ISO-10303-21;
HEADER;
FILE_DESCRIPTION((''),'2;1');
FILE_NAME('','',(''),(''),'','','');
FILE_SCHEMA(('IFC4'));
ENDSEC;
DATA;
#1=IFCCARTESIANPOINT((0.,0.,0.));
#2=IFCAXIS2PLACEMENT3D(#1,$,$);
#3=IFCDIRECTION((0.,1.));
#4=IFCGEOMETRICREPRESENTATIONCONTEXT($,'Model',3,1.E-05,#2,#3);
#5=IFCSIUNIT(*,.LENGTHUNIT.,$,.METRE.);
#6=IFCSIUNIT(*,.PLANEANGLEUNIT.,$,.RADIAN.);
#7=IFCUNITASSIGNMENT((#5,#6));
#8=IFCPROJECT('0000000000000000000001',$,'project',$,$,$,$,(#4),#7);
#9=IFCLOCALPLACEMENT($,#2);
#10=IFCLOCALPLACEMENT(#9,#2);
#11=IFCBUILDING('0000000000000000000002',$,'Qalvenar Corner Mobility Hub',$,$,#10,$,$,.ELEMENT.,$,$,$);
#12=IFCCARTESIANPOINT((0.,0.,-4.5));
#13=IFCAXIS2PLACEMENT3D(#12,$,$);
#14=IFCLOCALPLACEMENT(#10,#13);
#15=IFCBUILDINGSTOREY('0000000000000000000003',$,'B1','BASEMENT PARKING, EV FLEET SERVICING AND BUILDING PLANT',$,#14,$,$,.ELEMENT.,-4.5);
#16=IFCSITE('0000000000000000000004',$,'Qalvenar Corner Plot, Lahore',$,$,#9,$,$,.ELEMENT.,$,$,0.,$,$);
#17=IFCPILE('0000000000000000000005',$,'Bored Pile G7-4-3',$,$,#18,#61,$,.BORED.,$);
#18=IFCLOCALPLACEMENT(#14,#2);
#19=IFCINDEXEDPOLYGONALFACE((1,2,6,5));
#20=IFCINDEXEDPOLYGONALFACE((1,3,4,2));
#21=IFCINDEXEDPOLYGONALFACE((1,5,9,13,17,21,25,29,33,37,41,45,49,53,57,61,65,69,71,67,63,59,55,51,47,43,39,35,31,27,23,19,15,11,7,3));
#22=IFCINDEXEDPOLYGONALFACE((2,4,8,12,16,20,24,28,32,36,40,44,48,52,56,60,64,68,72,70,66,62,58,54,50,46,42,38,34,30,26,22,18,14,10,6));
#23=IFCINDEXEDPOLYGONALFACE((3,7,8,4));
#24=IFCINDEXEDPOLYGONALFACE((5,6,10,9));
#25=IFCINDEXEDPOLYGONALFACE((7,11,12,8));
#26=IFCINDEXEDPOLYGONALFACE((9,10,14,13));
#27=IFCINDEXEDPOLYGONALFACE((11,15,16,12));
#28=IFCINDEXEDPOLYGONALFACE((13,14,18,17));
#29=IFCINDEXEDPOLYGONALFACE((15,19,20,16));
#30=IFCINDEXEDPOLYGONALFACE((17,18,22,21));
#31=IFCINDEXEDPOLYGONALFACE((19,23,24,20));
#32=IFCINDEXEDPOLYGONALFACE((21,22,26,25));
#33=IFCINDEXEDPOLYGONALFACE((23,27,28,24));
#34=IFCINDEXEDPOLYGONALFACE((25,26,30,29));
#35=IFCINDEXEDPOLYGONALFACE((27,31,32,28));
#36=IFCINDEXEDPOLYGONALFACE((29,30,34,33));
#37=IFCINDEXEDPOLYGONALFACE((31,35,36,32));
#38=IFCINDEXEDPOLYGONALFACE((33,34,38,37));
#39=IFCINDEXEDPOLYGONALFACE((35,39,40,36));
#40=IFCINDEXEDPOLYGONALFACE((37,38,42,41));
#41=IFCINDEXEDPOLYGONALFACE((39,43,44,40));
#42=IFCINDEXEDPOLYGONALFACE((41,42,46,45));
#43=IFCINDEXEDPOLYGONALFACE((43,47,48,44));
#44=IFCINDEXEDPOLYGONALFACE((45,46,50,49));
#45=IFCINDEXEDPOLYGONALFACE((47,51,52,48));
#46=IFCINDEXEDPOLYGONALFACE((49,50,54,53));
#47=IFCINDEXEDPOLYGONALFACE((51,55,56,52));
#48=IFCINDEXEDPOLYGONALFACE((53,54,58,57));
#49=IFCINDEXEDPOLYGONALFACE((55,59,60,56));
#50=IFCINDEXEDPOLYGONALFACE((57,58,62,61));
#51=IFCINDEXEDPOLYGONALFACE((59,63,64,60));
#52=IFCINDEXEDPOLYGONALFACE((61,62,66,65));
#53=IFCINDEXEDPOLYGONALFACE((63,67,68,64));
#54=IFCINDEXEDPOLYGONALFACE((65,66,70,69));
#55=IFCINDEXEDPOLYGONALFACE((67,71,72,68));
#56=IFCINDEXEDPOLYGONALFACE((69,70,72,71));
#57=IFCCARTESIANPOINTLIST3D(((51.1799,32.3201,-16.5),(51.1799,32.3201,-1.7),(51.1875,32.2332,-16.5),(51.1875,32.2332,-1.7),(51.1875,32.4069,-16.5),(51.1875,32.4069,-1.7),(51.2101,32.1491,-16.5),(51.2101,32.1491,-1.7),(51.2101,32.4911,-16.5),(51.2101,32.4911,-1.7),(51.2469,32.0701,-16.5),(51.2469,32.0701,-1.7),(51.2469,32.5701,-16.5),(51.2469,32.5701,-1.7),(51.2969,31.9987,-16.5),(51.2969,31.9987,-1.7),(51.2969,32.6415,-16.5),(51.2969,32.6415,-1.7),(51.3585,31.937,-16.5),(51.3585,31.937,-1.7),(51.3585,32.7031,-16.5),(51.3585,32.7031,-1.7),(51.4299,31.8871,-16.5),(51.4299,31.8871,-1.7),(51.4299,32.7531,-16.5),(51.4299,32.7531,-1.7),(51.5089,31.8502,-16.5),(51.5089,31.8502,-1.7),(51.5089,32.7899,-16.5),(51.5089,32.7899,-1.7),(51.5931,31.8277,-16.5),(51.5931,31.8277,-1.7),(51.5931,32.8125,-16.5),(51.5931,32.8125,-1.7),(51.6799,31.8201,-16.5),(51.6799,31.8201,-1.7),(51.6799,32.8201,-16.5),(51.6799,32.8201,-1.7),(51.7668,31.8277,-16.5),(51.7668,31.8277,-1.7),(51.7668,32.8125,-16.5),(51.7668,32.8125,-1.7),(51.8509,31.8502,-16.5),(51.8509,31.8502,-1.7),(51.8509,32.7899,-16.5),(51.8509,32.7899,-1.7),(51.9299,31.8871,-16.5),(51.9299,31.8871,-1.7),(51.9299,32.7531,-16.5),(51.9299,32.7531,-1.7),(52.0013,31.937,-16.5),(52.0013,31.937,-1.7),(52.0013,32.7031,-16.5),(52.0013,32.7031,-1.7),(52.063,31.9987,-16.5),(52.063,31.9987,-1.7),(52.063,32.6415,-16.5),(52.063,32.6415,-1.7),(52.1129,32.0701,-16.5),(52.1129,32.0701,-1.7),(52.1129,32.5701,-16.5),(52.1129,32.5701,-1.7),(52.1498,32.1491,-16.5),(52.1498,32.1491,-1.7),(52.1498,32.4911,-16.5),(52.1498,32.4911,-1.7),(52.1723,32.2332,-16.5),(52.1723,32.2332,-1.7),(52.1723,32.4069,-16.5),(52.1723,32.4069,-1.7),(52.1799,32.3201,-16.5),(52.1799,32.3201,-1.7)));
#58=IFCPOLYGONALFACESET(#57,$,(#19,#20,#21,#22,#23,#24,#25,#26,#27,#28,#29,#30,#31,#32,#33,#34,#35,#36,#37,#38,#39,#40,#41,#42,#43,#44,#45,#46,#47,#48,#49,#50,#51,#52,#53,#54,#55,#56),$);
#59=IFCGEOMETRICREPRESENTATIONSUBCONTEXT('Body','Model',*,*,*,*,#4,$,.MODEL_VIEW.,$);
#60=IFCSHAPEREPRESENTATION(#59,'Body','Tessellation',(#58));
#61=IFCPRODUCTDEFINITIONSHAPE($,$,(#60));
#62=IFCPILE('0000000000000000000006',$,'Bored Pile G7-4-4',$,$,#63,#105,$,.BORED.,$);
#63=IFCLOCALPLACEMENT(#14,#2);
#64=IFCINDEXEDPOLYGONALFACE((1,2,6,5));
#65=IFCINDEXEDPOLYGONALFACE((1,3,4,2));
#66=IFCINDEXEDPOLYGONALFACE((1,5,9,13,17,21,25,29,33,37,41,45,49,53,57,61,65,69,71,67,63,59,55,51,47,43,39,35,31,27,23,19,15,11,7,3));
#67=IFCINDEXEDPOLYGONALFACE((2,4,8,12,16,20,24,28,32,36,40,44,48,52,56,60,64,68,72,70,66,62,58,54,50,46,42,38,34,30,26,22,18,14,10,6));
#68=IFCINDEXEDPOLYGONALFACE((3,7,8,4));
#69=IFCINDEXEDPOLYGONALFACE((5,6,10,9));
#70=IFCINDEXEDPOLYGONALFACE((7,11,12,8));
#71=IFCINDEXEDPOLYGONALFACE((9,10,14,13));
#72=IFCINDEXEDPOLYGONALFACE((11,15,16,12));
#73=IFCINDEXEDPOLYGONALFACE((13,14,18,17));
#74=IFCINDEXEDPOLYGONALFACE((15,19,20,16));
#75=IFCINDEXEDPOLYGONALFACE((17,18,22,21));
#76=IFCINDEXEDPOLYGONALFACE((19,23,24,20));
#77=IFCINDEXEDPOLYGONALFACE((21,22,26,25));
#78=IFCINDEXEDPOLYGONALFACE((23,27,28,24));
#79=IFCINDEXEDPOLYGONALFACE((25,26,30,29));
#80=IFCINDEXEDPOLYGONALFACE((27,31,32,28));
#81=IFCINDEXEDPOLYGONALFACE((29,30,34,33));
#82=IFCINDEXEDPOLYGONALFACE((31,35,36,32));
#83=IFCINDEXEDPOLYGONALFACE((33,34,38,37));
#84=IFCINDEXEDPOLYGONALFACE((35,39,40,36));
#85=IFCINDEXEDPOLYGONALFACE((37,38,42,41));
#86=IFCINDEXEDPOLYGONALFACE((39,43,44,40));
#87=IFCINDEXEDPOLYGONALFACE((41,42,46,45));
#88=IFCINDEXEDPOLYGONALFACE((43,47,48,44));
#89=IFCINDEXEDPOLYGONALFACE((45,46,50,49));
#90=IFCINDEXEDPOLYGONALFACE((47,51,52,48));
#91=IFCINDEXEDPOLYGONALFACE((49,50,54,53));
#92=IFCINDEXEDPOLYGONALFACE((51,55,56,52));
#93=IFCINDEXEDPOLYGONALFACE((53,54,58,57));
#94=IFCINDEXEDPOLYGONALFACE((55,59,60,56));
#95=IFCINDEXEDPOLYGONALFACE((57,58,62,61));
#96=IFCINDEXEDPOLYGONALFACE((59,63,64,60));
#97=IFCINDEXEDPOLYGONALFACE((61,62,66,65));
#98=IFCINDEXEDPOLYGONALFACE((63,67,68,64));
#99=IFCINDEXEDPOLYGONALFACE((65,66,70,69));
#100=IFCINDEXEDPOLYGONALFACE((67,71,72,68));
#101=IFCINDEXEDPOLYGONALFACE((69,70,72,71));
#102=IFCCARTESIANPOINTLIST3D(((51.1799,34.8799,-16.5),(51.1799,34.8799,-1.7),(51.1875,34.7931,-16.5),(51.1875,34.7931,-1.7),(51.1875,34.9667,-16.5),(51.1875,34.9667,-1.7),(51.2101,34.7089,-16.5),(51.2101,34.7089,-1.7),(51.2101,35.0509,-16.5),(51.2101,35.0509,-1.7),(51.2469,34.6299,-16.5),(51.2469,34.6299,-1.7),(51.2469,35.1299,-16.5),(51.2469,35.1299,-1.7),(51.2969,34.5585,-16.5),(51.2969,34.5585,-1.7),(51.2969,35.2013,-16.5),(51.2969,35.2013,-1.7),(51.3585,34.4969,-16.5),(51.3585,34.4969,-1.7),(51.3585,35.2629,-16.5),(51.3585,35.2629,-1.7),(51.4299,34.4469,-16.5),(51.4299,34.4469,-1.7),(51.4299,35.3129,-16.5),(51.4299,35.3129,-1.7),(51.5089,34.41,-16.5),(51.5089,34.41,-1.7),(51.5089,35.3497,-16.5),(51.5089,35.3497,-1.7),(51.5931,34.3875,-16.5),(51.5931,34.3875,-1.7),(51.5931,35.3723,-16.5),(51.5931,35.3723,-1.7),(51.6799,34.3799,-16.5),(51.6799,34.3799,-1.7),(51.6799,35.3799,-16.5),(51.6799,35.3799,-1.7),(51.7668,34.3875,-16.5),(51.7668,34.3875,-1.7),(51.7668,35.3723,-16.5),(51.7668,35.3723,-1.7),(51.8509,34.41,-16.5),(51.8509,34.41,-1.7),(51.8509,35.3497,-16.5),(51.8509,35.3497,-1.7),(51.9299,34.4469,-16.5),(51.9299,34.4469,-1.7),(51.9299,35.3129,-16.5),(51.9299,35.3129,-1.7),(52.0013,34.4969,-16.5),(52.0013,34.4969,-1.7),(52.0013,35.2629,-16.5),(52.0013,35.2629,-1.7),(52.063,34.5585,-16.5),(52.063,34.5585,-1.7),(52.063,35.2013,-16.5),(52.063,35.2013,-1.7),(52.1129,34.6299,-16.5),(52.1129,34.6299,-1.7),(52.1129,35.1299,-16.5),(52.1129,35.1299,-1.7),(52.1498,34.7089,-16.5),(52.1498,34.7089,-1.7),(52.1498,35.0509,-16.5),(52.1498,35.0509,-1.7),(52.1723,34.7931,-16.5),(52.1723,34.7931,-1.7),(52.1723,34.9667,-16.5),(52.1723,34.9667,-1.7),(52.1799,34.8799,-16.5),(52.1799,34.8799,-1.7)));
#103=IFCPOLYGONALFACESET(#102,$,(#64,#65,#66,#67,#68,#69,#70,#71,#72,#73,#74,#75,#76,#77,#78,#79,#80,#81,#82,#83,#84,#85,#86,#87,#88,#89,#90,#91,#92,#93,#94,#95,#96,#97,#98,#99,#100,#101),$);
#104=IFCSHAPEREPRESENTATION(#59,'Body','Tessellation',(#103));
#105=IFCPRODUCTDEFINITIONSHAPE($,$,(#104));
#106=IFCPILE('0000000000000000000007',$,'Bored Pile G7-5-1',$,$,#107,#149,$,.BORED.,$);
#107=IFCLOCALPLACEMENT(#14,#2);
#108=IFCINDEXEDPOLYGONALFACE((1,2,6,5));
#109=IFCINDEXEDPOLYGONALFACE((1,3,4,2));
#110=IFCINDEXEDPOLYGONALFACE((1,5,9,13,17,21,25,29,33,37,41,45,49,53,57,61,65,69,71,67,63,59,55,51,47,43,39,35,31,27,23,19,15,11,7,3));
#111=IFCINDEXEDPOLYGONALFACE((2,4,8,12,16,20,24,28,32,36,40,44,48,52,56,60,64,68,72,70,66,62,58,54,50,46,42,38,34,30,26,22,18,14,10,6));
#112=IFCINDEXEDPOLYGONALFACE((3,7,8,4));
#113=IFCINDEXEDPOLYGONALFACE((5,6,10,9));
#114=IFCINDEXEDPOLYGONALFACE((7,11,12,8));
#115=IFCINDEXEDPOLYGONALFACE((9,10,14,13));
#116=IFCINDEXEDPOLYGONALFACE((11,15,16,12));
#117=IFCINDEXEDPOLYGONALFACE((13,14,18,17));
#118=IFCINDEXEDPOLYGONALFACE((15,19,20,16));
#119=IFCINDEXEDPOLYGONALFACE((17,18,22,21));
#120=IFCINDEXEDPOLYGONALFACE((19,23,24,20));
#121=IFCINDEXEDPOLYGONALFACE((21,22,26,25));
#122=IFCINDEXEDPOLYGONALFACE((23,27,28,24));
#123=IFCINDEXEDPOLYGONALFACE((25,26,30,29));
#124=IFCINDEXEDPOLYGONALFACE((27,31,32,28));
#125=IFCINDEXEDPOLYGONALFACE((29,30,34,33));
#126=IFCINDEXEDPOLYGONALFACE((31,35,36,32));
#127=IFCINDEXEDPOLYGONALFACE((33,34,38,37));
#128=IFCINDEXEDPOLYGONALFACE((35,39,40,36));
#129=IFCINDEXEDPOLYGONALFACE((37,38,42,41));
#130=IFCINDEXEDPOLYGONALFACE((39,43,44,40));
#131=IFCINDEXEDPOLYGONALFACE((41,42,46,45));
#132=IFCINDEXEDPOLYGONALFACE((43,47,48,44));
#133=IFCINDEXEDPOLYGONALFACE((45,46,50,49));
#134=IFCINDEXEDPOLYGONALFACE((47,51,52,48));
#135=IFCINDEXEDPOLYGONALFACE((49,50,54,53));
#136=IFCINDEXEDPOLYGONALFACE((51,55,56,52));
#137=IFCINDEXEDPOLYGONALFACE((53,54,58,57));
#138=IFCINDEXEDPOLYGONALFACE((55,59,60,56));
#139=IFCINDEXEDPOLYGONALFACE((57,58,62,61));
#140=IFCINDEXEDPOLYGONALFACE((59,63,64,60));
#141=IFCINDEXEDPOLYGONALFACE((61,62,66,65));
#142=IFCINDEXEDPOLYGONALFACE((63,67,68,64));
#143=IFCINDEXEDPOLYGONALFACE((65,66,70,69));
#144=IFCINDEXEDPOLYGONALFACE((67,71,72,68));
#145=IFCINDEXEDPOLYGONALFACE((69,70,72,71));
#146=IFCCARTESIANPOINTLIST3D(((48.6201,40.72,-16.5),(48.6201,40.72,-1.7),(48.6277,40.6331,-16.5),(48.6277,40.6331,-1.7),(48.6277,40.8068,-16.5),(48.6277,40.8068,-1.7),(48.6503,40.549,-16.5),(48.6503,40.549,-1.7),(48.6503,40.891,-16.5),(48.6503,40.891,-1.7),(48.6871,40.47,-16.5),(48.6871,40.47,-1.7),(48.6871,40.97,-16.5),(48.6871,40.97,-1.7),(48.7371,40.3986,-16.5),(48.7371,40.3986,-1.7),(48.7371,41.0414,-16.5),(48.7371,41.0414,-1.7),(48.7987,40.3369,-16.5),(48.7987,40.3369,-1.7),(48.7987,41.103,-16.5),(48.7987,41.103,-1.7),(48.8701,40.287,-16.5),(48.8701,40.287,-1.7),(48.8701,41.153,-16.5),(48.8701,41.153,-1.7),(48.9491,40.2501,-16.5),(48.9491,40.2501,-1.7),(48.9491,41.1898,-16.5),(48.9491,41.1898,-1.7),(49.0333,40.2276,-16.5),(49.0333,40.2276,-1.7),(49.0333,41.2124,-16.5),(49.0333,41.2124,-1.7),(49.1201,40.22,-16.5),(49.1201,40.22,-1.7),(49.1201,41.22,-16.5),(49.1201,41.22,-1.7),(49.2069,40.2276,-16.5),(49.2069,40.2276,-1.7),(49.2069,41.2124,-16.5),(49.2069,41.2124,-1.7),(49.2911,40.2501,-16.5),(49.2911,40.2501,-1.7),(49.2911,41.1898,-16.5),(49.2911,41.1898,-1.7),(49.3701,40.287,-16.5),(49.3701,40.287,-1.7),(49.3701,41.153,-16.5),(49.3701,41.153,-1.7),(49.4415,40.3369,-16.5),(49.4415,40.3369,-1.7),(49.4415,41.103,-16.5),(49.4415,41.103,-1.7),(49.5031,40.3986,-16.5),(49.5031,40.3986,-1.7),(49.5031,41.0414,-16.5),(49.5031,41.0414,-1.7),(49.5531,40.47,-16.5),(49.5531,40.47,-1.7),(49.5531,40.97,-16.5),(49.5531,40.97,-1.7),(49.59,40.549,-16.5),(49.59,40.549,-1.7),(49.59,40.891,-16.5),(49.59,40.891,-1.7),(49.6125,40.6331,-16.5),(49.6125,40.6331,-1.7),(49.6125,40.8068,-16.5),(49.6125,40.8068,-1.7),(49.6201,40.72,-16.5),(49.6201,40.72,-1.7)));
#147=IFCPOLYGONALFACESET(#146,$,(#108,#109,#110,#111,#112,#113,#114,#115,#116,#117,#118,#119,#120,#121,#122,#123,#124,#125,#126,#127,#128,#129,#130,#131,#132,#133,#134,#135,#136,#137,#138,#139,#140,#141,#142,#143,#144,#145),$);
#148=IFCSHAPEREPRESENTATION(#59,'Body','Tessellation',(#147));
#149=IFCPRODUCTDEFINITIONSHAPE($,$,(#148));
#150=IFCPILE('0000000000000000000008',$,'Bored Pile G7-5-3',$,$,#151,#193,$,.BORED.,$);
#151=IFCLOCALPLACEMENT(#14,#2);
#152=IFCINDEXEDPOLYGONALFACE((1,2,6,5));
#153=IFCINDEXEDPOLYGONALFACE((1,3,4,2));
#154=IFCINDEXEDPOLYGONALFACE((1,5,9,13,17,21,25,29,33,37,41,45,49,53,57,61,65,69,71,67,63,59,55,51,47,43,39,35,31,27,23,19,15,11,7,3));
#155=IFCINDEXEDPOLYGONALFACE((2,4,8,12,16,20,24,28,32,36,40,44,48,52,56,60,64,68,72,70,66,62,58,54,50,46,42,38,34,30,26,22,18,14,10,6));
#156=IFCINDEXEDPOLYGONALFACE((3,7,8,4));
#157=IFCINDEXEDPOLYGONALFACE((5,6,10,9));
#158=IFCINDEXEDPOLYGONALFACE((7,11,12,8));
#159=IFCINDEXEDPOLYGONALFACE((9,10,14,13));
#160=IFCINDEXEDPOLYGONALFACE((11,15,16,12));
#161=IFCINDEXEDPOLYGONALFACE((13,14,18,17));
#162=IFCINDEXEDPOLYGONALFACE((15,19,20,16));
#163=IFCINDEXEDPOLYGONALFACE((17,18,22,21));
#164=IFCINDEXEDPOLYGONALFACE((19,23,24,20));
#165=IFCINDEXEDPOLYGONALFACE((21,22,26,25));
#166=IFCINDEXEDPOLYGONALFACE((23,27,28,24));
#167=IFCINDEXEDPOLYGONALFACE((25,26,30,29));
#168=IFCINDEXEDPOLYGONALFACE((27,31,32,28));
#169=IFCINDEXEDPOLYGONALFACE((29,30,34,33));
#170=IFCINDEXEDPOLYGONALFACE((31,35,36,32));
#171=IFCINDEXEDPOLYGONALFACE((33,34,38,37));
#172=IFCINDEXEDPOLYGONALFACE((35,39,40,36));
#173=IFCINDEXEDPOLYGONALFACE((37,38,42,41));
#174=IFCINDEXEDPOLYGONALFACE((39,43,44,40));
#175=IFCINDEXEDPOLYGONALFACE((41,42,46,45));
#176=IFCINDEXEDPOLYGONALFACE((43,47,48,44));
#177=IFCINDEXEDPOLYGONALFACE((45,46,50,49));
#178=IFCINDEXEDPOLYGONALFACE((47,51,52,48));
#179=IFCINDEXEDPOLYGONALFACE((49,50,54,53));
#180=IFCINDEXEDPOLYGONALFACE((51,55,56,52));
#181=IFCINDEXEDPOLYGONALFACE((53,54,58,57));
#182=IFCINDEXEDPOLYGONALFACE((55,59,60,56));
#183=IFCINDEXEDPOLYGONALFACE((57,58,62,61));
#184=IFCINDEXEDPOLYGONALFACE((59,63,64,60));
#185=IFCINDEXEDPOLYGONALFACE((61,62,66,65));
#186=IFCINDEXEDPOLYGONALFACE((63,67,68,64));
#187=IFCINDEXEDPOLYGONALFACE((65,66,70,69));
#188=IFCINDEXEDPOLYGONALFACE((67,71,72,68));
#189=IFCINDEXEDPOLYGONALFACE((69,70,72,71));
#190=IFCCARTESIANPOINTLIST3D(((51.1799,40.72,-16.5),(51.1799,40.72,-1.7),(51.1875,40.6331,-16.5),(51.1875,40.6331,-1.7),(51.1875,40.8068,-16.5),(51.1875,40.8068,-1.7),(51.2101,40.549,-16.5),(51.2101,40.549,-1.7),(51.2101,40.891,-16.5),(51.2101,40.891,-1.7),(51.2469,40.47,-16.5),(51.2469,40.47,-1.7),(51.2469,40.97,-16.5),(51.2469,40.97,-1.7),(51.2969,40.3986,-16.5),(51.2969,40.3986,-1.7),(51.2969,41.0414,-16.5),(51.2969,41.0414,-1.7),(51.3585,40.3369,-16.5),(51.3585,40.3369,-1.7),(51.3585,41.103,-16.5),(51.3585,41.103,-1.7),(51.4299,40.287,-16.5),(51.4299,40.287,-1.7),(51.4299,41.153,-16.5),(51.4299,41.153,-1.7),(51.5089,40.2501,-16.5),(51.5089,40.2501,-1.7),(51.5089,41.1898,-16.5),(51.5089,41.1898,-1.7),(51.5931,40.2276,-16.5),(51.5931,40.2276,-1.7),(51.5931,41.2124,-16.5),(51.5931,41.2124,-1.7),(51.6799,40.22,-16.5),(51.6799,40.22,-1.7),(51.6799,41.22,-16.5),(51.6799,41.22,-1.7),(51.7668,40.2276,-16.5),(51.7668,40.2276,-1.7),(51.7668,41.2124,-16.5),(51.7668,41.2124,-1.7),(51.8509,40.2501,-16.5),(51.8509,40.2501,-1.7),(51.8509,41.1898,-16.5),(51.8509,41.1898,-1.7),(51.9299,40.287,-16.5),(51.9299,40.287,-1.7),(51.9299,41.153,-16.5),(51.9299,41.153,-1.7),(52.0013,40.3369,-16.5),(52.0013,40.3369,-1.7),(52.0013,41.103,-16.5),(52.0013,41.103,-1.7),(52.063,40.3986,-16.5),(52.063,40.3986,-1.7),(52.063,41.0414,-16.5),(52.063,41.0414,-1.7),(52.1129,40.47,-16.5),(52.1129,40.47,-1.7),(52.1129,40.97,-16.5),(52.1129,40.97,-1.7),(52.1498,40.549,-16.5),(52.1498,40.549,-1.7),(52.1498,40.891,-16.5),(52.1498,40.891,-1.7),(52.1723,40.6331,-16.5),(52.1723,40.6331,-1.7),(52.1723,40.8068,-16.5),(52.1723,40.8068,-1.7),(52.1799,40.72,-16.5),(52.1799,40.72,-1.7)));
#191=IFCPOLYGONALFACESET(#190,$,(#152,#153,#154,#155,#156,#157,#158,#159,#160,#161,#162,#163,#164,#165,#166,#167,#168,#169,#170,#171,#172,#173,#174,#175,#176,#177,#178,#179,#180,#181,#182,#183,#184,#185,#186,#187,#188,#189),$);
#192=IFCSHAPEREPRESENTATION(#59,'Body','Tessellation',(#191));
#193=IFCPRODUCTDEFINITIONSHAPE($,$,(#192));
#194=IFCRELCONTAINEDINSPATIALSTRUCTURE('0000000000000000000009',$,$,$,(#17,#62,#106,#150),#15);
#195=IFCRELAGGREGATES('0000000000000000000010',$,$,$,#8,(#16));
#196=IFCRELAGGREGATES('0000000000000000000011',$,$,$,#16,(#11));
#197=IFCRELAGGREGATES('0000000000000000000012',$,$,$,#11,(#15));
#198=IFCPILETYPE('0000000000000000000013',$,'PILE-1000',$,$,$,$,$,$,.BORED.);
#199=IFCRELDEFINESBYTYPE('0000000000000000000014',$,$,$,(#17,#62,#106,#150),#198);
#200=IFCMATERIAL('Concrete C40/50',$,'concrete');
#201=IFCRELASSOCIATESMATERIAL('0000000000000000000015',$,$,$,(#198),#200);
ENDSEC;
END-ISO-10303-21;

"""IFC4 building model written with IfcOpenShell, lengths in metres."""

from ifc_helpers import new_model, si_unit, direction, frame, origin, origin_2d, place, context, subcontext, project, spatial, circle, extrude, material, material_profile, profile_set, type_object, element, save


model = new_model("IFC4")

# Units and contexts
model_context = context("Model", 3, precision=1e-05, world=origin(), true_north=direction((0.0, 1.0)))
body_context = subcontext(model_context, "Body", "Model", "MODEL_VIEW")
ifc_project = project(units=[si_unit("LENGTHUNIT", "METRE"), si_unit("PLANEANGLEUNIT", "RADIAN")], contexts=[model_context])

# Site, building, storey
site_placement = place(None, origin())
site = spatial("IfcSite", under=ifc_project, at=site_placement, Name="Qalvenar Corner Plot, Lahore", CompositionType="ELEMENT", RefElevation=0.0)
building_placement = place(site_placement, origin())
building = spatial("IfcBuilding", under=site, at=building_placement, Name="Qalvenar Corner Mobility Hub", CompositionType="ELEMENT")
storey_placement = place(building_placement, frame((0.0, 0.0, -4.5)))
storey = spatial("IfcBuildingStorey", under=building, at=storey_placement, Name="B1", Description="BASEMENT PARKING, EV FLEET SERVICING AND BUILDING PLANT", CompositionType="ELEMENT", Elevation=-4.5)

# Shared definitions
ifc_material_1 = material(Name="Concrete C40/50", Category="concrete")

# Piles
ifc_material_profile_1 = material_profile(ifc_material_1, circle(Radius=0.5, at=origin_2d()), Name="DIA1000")
ifc_profile_set_1 = profile_set([ifc_material_profile_1], Name="Concrete C40/50")
pile_type_1 = type_object("IfcPileType", Name="PILE-1000", PredefinedType="BORED", material=ifc_profile_set_1)
for number, where, z_axis, x_axis, name in (
    (1, (51.6799, 32.3201, -1.7), (0.0, 0.0, -1.0), (1.0, 0.0, 0.0), "Bored Pile G7-4-3"),
    (2, (51.6799, 34.8799, -1.7), (0.0, 0.0, -1.0), (1.0, 0.0, 0.0), "Bored Pile G7-4-4"),
    (3, (49.1201, 40.72, -1.7), (0.0, 0.0, -1.0), (1.0, 0.0, 0.0), "Bored Pile G7-5-1"),
    (4, (51.6799, 40.72, -1.7), (0.0, 0.0, -1.0), (1.0, 0.0, 0.0), "Bored Pile G7-5-3"),
):
    element("IfcPile", number, at=place(storey_placement, frame(where, z_axis=z_axis, x_axis=x_axis)), inside=storey, type_object=pile_type_1, Name=name, PredefinedType="BORED", context=body_context, shape_type="SweptSolid", body=[
        extrude(circle(Radius=0.5, at=origin_2d()), origin(), (0.0, 0.0, 1.0), 14.8),
    ])

save(model, "model.ifc")
